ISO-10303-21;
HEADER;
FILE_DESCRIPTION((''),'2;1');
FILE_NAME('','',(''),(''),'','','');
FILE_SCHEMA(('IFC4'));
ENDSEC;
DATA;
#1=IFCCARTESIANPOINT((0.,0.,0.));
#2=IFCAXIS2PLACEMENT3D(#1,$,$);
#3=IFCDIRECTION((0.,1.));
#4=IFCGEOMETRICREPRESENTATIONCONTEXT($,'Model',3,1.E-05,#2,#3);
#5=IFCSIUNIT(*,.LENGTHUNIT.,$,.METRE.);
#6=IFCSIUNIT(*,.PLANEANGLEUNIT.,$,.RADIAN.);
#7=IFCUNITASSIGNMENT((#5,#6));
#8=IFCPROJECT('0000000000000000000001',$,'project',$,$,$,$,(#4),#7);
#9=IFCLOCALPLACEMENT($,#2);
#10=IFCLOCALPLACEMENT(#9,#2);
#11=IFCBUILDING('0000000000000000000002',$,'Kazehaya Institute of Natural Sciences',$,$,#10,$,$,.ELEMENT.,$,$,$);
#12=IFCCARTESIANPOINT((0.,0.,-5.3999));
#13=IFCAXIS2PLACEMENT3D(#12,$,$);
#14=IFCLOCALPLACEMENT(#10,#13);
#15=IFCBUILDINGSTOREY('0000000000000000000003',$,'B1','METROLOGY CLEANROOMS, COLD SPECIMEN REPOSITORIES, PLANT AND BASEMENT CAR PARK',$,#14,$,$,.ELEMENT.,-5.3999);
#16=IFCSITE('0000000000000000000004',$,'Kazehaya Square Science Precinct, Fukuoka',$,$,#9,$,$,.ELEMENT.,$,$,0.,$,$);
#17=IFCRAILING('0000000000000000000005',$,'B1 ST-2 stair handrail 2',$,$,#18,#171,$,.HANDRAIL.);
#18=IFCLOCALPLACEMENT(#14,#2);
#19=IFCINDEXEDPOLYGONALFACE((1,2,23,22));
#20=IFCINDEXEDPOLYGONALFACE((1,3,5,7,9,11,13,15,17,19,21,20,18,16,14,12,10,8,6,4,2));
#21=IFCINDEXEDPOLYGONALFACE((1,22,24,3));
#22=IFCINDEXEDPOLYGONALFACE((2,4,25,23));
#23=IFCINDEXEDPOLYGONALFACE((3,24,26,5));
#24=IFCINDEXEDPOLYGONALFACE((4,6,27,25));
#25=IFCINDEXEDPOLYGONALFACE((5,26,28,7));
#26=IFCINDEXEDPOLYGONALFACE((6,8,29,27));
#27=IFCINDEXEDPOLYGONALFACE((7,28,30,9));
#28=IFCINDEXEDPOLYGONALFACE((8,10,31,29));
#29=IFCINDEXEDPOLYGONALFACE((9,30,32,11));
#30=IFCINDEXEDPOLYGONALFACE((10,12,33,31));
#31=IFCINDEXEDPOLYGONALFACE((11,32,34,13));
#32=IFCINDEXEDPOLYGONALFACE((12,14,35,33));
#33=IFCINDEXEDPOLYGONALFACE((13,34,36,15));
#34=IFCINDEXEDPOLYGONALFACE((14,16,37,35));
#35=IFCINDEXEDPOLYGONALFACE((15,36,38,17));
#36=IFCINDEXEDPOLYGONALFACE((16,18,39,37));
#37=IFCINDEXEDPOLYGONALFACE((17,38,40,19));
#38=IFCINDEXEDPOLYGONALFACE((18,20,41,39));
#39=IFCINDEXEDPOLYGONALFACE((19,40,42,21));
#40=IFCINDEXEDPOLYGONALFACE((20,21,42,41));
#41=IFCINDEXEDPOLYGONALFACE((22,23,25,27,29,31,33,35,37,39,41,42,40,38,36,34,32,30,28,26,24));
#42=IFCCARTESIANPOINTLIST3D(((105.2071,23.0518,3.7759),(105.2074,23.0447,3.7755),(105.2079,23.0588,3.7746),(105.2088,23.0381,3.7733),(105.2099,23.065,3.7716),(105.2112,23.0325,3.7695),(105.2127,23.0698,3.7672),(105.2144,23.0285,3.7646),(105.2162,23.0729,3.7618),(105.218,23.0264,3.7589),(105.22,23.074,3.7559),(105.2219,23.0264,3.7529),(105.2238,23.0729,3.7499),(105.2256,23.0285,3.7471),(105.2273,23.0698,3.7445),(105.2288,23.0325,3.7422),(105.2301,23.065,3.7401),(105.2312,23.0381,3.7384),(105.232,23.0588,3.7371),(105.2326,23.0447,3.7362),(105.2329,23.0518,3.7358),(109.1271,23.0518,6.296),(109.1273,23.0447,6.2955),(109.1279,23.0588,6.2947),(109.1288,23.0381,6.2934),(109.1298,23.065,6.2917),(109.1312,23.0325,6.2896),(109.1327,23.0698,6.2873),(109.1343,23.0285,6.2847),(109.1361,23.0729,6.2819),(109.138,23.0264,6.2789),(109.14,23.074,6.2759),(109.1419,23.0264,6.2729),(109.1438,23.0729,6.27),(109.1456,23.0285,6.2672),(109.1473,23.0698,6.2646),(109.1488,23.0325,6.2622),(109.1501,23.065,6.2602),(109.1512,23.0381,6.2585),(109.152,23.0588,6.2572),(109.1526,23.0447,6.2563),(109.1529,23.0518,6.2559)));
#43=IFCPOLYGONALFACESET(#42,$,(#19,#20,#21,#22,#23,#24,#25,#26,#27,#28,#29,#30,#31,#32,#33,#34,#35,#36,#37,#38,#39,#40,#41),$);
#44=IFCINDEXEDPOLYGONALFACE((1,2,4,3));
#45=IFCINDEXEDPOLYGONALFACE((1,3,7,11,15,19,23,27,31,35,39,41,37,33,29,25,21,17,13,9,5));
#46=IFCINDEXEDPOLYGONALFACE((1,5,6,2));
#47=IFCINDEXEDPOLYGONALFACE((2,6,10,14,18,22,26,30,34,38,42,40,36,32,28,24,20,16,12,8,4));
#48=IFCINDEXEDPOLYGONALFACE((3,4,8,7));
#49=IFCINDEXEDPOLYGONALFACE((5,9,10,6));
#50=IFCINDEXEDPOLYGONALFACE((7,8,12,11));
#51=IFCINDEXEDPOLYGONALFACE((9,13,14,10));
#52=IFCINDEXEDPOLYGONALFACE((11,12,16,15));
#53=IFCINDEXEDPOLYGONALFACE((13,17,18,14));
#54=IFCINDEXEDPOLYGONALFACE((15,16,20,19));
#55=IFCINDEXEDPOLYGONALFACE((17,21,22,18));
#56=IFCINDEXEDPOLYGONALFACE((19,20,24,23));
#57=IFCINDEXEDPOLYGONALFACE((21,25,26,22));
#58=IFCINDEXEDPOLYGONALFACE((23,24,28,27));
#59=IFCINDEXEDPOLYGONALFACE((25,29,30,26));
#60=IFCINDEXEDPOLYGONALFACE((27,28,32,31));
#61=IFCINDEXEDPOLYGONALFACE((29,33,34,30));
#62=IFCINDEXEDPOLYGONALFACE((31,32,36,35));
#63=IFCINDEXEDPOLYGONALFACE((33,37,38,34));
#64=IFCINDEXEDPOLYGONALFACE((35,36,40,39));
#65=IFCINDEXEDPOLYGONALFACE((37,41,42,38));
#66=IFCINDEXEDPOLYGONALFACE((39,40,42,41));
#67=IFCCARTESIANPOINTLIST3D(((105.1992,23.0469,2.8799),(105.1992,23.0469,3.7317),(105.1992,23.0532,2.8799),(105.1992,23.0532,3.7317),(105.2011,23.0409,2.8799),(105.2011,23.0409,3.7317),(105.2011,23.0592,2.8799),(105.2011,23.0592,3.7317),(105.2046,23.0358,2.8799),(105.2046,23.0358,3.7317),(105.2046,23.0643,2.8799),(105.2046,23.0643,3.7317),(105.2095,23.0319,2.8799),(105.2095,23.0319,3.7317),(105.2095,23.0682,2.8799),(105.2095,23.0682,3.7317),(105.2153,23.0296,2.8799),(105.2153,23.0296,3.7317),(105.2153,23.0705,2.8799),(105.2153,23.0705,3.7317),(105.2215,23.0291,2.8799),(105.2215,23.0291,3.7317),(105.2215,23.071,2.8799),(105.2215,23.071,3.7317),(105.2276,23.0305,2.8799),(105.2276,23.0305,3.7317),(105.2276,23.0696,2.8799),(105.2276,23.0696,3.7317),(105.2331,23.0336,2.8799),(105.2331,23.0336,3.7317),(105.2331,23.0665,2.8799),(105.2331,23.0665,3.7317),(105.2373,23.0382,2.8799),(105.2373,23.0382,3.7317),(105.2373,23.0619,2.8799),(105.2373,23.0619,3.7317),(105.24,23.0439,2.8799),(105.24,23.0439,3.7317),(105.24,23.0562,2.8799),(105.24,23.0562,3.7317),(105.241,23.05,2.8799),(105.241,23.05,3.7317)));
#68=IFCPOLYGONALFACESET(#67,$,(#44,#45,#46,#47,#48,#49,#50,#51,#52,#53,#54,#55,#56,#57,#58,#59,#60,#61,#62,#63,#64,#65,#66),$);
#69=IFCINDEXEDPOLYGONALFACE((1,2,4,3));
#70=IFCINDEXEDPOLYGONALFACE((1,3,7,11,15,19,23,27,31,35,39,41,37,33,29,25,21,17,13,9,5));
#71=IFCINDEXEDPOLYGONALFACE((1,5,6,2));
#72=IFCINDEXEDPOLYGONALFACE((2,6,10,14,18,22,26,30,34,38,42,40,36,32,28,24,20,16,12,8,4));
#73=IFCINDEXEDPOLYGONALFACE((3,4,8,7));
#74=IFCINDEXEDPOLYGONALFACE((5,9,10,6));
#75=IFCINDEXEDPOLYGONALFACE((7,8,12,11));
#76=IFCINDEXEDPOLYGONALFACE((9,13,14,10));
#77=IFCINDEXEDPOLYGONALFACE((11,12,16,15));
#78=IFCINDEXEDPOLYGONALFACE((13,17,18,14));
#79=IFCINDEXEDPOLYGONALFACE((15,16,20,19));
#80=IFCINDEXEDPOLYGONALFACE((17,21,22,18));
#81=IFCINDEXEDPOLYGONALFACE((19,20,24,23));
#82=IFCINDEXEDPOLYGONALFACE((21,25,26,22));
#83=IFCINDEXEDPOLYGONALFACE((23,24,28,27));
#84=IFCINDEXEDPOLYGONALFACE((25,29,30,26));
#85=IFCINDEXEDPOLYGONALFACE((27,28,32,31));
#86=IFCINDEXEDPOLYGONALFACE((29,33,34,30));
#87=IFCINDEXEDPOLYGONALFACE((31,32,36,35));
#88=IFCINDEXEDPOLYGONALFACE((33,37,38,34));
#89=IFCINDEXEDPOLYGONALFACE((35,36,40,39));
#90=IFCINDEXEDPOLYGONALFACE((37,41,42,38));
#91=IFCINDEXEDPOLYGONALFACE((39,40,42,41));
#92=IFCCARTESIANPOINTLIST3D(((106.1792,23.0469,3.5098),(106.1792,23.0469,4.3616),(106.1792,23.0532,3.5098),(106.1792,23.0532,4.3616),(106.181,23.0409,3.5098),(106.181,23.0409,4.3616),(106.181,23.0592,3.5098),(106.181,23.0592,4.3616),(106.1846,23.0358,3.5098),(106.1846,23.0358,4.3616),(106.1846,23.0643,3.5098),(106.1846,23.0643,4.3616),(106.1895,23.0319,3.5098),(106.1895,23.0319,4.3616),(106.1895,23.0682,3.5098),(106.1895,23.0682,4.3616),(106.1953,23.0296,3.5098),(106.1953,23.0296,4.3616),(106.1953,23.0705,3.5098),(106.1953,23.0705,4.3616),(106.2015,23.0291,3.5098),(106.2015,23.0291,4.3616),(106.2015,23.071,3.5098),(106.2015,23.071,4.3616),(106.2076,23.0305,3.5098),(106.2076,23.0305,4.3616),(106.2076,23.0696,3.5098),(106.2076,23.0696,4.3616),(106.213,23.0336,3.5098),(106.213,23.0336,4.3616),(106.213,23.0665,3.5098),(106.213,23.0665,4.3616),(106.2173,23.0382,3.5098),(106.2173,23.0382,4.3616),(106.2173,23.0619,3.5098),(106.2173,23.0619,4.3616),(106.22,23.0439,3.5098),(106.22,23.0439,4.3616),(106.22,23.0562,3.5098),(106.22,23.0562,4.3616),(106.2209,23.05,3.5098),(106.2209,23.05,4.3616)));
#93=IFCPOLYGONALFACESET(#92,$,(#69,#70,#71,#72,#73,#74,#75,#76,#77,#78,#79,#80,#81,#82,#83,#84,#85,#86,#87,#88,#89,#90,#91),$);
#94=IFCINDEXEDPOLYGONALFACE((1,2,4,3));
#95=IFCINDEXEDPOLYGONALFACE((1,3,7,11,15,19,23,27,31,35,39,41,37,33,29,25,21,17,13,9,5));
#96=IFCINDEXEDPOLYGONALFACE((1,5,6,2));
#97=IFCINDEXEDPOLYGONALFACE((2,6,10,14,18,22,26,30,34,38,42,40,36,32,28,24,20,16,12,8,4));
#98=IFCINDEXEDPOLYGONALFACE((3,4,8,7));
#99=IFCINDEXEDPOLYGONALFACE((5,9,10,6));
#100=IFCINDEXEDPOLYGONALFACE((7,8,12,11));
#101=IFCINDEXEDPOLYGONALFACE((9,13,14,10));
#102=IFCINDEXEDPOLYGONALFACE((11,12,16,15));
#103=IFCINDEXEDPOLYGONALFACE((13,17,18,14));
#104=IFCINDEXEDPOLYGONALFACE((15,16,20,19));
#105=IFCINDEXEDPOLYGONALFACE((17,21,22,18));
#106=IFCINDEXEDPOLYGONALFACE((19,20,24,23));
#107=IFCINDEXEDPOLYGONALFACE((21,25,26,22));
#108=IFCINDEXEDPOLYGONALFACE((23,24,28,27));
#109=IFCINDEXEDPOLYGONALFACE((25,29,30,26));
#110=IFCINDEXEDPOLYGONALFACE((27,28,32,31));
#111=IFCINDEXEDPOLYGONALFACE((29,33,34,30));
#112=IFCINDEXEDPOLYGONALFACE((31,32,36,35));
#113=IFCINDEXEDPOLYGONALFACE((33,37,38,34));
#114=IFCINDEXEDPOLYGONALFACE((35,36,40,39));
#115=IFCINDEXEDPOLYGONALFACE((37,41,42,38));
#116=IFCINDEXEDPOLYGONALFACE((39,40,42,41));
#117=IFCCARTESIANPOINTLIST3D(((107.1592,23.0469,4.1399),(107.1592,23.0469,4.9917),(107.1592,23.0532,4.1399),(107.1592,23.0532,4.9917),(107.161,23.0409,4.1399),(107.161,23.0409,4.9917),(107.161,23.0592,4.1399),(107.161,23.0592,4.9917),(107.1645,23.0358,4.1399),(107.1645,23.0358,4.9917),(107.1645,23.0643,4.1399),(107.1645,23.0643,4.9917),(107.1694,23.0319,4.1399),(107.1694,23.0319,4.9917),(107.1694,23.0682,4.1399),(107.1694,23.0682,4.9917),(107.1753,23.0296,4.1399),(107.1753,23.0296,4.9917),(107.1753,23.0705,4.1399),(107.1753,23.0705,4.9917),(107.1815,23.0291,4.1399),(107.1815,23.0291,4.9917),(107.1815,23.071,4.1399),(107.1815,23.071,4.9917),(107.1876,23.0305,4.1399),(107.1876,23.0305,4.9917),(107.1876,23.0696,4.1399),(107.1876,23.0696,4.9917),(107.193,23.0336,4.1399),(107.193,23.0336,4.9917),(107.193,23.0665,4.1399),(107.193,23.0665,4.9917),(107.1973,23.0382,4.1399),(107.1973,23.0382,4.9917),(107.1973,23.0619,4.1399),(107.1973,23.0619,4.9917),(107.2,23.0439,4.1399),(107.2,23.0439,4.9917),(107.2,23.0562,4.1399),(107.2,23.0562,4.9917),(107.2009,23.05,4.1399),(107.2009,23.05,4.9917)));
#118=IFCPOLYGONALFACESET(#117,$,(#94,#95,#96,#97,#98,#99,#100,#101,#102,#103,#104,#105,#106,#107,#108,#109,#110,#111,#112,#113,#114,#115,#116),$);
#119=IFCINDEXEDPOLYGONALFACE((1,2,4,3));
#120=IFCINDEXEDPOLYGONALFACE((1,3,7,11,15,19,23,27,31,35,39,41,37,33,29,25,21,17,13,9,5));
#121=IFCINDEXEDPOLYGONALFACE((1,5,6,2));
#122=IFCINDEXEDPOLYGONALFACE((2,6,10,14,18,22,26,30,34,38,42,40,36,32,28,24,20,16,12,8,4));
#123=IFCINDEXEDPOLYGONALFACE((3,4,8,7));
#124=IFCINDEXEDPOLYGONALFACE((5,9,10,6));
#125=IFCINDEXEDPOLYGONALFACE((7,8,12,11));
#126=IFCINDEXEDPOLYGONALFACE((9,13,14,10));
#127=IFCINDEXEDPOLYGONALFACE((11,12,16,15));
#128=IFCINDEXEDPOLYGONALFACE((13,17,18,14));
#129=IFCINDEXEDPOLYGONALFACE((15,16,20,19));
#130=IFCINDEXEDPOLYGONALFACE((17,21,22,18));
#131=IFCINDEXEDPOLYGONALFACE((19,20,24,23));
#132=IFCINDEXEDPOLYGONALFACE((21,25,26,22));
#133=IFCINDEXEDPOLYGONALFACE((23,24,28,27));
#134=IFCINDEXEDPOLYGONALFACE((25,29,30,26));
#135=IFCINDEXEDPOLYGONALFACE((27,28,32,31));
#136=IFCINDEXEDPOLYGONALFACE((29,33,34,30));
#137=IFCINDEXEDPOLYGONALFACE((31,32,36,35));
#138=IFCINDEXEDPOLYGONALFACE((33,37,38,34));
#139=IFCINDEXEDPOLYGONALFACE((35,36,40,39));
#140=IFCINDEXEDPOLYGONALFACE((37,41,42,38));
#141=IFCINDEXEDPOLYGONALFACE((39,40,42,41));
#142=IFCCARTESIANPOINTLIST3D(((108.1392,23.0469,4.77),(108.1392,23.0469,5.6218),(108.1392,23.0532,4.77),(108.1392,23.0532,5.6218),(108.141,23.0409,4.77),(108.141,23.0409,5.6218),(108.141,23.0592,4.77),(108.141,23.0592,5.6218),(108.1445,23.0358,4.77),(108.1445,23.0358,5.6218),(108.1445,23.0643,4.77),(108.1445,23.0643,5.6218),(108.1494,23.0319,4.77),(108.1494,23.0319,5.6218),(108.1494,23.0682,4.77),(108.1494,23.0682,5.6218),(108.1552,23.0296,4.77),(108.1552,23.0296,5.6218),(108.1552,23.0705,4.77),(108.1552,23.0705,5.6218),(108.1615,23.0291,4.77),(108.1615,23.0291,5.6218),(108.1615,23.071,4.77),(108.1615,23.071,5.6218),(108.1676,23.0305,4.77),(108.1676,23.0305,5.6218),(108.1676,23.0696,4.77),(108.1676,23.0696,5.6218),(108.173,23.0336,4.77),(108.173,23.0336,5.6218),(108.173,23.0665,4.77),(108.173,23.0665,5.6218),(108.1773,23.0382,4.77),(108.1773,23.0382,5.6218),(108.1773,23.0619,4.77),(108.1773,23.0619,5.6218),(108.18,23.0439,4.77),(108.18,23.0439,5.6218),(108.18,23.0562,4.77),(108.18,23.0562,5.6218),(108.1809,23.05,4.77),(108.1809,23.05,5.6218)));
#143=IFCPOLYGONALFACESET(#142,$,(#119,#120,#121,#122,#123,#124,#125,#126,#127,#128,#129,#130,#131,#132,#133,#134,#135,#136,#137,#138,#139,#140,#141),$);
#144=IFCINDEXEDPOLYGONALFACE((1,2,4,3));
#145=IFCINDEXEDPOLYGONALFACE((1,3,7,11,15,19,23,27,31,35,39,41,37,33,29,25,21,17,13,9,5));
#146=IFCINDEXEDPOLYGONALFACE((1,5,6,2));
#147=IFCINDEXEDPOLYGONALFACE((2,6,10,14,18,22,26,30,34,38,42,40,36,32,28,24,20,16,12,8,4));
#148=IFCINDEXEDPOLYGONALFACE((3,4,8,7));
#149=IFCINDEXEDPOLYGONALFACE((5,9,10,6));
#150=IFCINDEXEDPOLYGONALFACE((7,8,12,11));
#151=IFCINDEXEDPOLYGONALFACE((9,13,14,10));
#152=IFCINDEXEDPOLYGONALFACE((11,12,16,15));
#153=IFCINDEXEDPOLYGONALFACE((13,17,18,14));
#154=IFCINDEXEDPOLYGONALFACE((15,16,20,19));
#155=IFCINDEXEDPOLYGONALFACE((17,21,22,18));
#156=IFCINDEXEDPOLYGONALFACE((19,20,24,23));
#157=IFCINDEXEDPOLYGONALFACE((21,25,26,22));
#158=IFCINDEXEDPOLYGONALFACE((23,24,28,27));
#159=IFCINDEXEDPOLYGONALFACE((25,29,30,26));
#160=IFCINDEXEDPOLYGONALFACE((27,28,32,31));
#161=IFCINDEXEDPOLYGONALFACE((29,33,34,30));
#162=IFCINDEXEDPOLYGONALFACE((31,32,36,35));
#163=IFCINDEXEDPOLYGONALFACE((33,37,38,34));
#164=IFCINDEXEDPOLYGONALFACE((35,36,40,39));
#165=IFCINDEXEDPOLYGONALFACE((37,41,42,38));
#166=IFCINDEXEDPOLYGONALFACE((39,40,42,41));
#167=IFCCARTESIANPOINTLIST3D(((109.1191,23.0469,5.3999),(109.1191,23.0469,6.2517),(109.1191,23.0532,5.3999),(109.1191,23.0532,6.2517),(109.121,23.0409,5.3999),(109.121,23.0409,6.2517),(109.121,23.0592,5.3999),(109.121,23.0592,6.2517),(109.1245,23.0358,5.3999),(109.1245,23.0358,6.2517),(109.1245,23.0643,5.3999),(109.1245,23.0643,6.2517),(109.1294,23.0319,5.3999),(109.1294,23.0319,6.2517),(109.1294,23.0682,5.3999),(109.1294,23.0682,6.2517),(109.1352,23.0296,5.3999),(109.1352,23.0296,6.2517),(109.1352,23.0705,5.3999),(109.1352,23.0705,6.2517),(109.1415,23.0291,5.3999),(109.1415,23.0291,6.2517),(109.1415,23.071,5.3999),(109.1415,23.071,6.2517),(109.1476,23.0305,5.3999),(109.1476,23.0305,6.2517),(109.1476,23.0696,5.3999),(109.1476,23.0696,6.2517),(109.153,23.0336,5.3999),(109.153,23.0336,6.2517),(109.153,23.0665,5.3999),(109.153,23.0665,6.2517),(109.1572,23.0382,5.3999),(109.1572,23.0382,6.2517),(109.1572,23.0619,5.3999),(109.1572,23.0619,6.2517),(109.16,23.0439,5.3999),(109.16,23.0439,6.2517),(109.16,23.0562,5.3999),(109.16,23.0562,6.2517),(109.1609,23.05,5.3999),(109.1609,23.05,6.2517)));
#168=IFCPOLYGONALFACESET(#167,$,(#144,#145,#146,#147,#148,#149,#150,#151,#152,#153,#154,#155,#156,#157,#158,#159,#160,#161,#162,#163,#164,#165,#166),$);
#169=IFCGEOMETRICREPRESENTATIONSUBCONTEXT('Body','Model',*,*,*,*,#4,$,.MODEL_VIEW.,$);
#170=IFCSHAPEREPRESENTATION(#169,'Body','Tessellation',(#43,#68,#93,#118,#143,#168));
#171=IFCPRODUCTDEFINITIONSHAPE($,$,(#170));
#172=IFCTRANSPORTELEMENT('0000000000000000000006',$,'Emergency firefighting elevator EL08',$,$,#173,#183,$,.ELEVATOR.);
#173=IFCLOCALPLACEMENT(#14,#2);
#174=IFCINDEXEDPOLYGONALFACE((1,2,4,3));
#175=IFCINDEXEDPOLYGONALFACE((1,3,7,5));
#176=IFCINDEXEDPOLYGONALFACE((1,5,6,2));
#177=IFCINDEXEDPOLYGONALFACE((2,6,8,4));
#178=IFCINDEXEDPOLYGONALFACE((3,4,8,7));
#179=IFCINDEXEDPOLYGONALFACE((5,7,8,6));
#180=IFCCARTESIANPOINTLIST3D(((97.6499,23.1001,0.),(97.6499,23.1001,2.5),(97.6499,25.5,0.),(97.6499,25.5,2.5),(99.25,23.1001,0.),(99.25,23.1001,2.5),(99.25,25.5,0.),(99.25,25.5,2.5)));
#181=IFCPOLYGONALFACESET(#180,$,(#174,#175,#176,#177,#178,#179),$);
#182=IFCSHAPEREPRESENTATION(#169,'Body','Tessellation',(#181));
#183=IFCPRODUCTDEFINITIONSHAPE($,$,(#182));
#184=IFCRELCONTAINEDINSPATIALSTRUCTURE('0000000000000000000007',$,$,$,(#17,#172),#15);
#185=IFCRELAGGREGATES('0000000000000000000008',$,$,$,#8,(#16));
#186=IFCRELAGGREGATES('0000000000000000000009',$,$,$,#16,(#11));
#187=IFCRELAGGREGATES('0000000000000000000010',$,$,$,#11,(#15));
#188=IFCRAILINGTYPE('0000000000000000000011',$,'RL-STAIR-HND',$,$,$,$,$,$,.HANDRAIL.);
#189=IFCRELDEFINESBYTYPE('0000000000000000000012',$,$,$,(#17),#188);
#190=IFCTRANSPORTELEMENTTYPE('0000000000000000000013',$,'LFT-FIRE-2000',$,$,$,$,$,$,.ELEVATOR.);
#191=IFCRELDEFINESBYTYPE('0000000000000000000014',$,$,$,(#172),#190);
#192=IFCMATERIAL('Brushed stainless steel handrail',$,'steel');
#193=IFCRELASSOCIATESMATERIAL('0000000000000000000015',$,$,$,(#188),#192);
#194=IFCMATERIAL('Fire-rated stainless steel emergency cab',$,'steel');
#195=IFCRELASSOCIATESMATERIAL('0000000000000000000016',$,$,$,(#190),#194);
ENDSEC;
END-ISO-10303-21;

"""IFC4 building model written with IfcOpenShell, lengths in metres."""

from ifc_helpers import new_model, si_unit, direction, frame, origin, origin_2d, place, context, subcontext, project, spatial, rectangle, circle, extrude, material, type_object, element, save


model = new_model("IFC4")

# Units and contexts
model_context = context("Model", 3, precision=1e-05, world=origin(), true_north=direction((0.0, 1.0)))
body_context = subcontext(model_context, "Body", "Model", "MODEL_VIEW")
ifc_project = project(units=[si_unit("LENGTHUNIT", "METRE"), si_unit("PLANEANGLEUNIT", "RADIAN")], contexts=[model_context])

# Site, building, storey
site_placement = place(None, origin())
site = spatial("IfcSite", under=ifc_project, at=site_placement, Name="Kazehaya Square Science Precinct, Fukuoka", CompositionType="ELEMENT", RefElevation=0.0)
building_placement = place(site_placement, origin())
building = spatial("IfcBuilding", under=site, at=building_placement, Name="Kazehaya Institute of Natural Sciences", CompositionType="ELEMENT")
storey_placement = place(building_placement, frame((0.0, 0.0, -5.3999)))
storey = spatial("IfcBuildingStorey", under=building, at=storey_placement, Name="B1", Description="METROLOGY CLEANROOMS, COLD SPECIMEN REPOSITORIES, PLANT AND BASEMENT CAR PARK", CompositionType="ELEMENT", Elevation=-5.3999)

# Railing
ifc_material_1 = material(Name="Brushed stainless steel handrail", Category="steel")
railing_type_1 = type_object("IfcRailingType", Name="RL-STAIR-HND", PredefinedType="HANDRAIL", material=ifc_material_1)
railing_1_placement = place(storey_placement, frame((105.22, 23.05, 2.8799)))
element("IfcRailing", 1, at=railing_1_placement, inside=storey, type_object=railing_type_1, Name="B1 ST-2 stair handrail 2", PredefinedType="HANDRAIL", context=body_context, shape_type="SweptSolid", body=[
    extrude(circle(Radius=0.0239, at=origin_2d()), frame((0.0, 0.0, 0.876), z_axis=(0.841172, 0.0, 0.540768), x_axis=(0.0, 1.0, 0.0)), (0.0, 0.0, 1.0), 4.6602),
    extrude(circle(Radius=0.021, at=origin_2d()), origin(), (0.0, 0.0, 1.0), 0.8518),
    extrude(circle(Radius=0.021, at=origin_2d()), frame((0.98, 0.0, 0.6299)), (0.0, 0.0, 1.0), 0.8518),
    extrude(circle(Radius=0.021, at=origin_2d()), frame((1.96, 0.0, 1.26)), (0.0, 0.0, 1.0), 0.8518),
    extrude(circle(Radius=0.021, at=origin_2d()), frame((2.9399, 0.0, 1.8901)), (0.0, 0.0, 1.0), 0.8518),
    extrude(circle(Radius=0.021, at=origin_2d()), frame((3.9199, 0.0, 2.52)), (0.0, 0.0, 1.0), 0.8518),
])

# Transport element
ifc_material_2 = material(Name="Fire-rated stainless steel emergency cab", Category="steel")
transport_element_type = type_object("IfcTransportElementType", Name="LFT-FIRE-2000", PredefinedType="ELEVATOR", material=ifc_material_2)
transport_element_placement = place(storey_placement, frame((98.45, 24.3, 0.0), z_axis=(0.0, 0.0, 1.0), x_axis=(1.0, 0.0, 0.0)))
element("IfcTransportElement", 2, at=transport_element_placement, inside=storey, type_object=transport_element_type, Name="Emergency firefighting elevator EL08", PredefinedType="ELEVATOR", context=body_context, shape_type="SweptSolid", body=[
    extrude(rectangle(XDim=1.6001, YDim=2.3999, at=origin_2d()), origin(), (0.0, 0.0, 1.0), 2.5),
])

save(model, "model.ifc")
